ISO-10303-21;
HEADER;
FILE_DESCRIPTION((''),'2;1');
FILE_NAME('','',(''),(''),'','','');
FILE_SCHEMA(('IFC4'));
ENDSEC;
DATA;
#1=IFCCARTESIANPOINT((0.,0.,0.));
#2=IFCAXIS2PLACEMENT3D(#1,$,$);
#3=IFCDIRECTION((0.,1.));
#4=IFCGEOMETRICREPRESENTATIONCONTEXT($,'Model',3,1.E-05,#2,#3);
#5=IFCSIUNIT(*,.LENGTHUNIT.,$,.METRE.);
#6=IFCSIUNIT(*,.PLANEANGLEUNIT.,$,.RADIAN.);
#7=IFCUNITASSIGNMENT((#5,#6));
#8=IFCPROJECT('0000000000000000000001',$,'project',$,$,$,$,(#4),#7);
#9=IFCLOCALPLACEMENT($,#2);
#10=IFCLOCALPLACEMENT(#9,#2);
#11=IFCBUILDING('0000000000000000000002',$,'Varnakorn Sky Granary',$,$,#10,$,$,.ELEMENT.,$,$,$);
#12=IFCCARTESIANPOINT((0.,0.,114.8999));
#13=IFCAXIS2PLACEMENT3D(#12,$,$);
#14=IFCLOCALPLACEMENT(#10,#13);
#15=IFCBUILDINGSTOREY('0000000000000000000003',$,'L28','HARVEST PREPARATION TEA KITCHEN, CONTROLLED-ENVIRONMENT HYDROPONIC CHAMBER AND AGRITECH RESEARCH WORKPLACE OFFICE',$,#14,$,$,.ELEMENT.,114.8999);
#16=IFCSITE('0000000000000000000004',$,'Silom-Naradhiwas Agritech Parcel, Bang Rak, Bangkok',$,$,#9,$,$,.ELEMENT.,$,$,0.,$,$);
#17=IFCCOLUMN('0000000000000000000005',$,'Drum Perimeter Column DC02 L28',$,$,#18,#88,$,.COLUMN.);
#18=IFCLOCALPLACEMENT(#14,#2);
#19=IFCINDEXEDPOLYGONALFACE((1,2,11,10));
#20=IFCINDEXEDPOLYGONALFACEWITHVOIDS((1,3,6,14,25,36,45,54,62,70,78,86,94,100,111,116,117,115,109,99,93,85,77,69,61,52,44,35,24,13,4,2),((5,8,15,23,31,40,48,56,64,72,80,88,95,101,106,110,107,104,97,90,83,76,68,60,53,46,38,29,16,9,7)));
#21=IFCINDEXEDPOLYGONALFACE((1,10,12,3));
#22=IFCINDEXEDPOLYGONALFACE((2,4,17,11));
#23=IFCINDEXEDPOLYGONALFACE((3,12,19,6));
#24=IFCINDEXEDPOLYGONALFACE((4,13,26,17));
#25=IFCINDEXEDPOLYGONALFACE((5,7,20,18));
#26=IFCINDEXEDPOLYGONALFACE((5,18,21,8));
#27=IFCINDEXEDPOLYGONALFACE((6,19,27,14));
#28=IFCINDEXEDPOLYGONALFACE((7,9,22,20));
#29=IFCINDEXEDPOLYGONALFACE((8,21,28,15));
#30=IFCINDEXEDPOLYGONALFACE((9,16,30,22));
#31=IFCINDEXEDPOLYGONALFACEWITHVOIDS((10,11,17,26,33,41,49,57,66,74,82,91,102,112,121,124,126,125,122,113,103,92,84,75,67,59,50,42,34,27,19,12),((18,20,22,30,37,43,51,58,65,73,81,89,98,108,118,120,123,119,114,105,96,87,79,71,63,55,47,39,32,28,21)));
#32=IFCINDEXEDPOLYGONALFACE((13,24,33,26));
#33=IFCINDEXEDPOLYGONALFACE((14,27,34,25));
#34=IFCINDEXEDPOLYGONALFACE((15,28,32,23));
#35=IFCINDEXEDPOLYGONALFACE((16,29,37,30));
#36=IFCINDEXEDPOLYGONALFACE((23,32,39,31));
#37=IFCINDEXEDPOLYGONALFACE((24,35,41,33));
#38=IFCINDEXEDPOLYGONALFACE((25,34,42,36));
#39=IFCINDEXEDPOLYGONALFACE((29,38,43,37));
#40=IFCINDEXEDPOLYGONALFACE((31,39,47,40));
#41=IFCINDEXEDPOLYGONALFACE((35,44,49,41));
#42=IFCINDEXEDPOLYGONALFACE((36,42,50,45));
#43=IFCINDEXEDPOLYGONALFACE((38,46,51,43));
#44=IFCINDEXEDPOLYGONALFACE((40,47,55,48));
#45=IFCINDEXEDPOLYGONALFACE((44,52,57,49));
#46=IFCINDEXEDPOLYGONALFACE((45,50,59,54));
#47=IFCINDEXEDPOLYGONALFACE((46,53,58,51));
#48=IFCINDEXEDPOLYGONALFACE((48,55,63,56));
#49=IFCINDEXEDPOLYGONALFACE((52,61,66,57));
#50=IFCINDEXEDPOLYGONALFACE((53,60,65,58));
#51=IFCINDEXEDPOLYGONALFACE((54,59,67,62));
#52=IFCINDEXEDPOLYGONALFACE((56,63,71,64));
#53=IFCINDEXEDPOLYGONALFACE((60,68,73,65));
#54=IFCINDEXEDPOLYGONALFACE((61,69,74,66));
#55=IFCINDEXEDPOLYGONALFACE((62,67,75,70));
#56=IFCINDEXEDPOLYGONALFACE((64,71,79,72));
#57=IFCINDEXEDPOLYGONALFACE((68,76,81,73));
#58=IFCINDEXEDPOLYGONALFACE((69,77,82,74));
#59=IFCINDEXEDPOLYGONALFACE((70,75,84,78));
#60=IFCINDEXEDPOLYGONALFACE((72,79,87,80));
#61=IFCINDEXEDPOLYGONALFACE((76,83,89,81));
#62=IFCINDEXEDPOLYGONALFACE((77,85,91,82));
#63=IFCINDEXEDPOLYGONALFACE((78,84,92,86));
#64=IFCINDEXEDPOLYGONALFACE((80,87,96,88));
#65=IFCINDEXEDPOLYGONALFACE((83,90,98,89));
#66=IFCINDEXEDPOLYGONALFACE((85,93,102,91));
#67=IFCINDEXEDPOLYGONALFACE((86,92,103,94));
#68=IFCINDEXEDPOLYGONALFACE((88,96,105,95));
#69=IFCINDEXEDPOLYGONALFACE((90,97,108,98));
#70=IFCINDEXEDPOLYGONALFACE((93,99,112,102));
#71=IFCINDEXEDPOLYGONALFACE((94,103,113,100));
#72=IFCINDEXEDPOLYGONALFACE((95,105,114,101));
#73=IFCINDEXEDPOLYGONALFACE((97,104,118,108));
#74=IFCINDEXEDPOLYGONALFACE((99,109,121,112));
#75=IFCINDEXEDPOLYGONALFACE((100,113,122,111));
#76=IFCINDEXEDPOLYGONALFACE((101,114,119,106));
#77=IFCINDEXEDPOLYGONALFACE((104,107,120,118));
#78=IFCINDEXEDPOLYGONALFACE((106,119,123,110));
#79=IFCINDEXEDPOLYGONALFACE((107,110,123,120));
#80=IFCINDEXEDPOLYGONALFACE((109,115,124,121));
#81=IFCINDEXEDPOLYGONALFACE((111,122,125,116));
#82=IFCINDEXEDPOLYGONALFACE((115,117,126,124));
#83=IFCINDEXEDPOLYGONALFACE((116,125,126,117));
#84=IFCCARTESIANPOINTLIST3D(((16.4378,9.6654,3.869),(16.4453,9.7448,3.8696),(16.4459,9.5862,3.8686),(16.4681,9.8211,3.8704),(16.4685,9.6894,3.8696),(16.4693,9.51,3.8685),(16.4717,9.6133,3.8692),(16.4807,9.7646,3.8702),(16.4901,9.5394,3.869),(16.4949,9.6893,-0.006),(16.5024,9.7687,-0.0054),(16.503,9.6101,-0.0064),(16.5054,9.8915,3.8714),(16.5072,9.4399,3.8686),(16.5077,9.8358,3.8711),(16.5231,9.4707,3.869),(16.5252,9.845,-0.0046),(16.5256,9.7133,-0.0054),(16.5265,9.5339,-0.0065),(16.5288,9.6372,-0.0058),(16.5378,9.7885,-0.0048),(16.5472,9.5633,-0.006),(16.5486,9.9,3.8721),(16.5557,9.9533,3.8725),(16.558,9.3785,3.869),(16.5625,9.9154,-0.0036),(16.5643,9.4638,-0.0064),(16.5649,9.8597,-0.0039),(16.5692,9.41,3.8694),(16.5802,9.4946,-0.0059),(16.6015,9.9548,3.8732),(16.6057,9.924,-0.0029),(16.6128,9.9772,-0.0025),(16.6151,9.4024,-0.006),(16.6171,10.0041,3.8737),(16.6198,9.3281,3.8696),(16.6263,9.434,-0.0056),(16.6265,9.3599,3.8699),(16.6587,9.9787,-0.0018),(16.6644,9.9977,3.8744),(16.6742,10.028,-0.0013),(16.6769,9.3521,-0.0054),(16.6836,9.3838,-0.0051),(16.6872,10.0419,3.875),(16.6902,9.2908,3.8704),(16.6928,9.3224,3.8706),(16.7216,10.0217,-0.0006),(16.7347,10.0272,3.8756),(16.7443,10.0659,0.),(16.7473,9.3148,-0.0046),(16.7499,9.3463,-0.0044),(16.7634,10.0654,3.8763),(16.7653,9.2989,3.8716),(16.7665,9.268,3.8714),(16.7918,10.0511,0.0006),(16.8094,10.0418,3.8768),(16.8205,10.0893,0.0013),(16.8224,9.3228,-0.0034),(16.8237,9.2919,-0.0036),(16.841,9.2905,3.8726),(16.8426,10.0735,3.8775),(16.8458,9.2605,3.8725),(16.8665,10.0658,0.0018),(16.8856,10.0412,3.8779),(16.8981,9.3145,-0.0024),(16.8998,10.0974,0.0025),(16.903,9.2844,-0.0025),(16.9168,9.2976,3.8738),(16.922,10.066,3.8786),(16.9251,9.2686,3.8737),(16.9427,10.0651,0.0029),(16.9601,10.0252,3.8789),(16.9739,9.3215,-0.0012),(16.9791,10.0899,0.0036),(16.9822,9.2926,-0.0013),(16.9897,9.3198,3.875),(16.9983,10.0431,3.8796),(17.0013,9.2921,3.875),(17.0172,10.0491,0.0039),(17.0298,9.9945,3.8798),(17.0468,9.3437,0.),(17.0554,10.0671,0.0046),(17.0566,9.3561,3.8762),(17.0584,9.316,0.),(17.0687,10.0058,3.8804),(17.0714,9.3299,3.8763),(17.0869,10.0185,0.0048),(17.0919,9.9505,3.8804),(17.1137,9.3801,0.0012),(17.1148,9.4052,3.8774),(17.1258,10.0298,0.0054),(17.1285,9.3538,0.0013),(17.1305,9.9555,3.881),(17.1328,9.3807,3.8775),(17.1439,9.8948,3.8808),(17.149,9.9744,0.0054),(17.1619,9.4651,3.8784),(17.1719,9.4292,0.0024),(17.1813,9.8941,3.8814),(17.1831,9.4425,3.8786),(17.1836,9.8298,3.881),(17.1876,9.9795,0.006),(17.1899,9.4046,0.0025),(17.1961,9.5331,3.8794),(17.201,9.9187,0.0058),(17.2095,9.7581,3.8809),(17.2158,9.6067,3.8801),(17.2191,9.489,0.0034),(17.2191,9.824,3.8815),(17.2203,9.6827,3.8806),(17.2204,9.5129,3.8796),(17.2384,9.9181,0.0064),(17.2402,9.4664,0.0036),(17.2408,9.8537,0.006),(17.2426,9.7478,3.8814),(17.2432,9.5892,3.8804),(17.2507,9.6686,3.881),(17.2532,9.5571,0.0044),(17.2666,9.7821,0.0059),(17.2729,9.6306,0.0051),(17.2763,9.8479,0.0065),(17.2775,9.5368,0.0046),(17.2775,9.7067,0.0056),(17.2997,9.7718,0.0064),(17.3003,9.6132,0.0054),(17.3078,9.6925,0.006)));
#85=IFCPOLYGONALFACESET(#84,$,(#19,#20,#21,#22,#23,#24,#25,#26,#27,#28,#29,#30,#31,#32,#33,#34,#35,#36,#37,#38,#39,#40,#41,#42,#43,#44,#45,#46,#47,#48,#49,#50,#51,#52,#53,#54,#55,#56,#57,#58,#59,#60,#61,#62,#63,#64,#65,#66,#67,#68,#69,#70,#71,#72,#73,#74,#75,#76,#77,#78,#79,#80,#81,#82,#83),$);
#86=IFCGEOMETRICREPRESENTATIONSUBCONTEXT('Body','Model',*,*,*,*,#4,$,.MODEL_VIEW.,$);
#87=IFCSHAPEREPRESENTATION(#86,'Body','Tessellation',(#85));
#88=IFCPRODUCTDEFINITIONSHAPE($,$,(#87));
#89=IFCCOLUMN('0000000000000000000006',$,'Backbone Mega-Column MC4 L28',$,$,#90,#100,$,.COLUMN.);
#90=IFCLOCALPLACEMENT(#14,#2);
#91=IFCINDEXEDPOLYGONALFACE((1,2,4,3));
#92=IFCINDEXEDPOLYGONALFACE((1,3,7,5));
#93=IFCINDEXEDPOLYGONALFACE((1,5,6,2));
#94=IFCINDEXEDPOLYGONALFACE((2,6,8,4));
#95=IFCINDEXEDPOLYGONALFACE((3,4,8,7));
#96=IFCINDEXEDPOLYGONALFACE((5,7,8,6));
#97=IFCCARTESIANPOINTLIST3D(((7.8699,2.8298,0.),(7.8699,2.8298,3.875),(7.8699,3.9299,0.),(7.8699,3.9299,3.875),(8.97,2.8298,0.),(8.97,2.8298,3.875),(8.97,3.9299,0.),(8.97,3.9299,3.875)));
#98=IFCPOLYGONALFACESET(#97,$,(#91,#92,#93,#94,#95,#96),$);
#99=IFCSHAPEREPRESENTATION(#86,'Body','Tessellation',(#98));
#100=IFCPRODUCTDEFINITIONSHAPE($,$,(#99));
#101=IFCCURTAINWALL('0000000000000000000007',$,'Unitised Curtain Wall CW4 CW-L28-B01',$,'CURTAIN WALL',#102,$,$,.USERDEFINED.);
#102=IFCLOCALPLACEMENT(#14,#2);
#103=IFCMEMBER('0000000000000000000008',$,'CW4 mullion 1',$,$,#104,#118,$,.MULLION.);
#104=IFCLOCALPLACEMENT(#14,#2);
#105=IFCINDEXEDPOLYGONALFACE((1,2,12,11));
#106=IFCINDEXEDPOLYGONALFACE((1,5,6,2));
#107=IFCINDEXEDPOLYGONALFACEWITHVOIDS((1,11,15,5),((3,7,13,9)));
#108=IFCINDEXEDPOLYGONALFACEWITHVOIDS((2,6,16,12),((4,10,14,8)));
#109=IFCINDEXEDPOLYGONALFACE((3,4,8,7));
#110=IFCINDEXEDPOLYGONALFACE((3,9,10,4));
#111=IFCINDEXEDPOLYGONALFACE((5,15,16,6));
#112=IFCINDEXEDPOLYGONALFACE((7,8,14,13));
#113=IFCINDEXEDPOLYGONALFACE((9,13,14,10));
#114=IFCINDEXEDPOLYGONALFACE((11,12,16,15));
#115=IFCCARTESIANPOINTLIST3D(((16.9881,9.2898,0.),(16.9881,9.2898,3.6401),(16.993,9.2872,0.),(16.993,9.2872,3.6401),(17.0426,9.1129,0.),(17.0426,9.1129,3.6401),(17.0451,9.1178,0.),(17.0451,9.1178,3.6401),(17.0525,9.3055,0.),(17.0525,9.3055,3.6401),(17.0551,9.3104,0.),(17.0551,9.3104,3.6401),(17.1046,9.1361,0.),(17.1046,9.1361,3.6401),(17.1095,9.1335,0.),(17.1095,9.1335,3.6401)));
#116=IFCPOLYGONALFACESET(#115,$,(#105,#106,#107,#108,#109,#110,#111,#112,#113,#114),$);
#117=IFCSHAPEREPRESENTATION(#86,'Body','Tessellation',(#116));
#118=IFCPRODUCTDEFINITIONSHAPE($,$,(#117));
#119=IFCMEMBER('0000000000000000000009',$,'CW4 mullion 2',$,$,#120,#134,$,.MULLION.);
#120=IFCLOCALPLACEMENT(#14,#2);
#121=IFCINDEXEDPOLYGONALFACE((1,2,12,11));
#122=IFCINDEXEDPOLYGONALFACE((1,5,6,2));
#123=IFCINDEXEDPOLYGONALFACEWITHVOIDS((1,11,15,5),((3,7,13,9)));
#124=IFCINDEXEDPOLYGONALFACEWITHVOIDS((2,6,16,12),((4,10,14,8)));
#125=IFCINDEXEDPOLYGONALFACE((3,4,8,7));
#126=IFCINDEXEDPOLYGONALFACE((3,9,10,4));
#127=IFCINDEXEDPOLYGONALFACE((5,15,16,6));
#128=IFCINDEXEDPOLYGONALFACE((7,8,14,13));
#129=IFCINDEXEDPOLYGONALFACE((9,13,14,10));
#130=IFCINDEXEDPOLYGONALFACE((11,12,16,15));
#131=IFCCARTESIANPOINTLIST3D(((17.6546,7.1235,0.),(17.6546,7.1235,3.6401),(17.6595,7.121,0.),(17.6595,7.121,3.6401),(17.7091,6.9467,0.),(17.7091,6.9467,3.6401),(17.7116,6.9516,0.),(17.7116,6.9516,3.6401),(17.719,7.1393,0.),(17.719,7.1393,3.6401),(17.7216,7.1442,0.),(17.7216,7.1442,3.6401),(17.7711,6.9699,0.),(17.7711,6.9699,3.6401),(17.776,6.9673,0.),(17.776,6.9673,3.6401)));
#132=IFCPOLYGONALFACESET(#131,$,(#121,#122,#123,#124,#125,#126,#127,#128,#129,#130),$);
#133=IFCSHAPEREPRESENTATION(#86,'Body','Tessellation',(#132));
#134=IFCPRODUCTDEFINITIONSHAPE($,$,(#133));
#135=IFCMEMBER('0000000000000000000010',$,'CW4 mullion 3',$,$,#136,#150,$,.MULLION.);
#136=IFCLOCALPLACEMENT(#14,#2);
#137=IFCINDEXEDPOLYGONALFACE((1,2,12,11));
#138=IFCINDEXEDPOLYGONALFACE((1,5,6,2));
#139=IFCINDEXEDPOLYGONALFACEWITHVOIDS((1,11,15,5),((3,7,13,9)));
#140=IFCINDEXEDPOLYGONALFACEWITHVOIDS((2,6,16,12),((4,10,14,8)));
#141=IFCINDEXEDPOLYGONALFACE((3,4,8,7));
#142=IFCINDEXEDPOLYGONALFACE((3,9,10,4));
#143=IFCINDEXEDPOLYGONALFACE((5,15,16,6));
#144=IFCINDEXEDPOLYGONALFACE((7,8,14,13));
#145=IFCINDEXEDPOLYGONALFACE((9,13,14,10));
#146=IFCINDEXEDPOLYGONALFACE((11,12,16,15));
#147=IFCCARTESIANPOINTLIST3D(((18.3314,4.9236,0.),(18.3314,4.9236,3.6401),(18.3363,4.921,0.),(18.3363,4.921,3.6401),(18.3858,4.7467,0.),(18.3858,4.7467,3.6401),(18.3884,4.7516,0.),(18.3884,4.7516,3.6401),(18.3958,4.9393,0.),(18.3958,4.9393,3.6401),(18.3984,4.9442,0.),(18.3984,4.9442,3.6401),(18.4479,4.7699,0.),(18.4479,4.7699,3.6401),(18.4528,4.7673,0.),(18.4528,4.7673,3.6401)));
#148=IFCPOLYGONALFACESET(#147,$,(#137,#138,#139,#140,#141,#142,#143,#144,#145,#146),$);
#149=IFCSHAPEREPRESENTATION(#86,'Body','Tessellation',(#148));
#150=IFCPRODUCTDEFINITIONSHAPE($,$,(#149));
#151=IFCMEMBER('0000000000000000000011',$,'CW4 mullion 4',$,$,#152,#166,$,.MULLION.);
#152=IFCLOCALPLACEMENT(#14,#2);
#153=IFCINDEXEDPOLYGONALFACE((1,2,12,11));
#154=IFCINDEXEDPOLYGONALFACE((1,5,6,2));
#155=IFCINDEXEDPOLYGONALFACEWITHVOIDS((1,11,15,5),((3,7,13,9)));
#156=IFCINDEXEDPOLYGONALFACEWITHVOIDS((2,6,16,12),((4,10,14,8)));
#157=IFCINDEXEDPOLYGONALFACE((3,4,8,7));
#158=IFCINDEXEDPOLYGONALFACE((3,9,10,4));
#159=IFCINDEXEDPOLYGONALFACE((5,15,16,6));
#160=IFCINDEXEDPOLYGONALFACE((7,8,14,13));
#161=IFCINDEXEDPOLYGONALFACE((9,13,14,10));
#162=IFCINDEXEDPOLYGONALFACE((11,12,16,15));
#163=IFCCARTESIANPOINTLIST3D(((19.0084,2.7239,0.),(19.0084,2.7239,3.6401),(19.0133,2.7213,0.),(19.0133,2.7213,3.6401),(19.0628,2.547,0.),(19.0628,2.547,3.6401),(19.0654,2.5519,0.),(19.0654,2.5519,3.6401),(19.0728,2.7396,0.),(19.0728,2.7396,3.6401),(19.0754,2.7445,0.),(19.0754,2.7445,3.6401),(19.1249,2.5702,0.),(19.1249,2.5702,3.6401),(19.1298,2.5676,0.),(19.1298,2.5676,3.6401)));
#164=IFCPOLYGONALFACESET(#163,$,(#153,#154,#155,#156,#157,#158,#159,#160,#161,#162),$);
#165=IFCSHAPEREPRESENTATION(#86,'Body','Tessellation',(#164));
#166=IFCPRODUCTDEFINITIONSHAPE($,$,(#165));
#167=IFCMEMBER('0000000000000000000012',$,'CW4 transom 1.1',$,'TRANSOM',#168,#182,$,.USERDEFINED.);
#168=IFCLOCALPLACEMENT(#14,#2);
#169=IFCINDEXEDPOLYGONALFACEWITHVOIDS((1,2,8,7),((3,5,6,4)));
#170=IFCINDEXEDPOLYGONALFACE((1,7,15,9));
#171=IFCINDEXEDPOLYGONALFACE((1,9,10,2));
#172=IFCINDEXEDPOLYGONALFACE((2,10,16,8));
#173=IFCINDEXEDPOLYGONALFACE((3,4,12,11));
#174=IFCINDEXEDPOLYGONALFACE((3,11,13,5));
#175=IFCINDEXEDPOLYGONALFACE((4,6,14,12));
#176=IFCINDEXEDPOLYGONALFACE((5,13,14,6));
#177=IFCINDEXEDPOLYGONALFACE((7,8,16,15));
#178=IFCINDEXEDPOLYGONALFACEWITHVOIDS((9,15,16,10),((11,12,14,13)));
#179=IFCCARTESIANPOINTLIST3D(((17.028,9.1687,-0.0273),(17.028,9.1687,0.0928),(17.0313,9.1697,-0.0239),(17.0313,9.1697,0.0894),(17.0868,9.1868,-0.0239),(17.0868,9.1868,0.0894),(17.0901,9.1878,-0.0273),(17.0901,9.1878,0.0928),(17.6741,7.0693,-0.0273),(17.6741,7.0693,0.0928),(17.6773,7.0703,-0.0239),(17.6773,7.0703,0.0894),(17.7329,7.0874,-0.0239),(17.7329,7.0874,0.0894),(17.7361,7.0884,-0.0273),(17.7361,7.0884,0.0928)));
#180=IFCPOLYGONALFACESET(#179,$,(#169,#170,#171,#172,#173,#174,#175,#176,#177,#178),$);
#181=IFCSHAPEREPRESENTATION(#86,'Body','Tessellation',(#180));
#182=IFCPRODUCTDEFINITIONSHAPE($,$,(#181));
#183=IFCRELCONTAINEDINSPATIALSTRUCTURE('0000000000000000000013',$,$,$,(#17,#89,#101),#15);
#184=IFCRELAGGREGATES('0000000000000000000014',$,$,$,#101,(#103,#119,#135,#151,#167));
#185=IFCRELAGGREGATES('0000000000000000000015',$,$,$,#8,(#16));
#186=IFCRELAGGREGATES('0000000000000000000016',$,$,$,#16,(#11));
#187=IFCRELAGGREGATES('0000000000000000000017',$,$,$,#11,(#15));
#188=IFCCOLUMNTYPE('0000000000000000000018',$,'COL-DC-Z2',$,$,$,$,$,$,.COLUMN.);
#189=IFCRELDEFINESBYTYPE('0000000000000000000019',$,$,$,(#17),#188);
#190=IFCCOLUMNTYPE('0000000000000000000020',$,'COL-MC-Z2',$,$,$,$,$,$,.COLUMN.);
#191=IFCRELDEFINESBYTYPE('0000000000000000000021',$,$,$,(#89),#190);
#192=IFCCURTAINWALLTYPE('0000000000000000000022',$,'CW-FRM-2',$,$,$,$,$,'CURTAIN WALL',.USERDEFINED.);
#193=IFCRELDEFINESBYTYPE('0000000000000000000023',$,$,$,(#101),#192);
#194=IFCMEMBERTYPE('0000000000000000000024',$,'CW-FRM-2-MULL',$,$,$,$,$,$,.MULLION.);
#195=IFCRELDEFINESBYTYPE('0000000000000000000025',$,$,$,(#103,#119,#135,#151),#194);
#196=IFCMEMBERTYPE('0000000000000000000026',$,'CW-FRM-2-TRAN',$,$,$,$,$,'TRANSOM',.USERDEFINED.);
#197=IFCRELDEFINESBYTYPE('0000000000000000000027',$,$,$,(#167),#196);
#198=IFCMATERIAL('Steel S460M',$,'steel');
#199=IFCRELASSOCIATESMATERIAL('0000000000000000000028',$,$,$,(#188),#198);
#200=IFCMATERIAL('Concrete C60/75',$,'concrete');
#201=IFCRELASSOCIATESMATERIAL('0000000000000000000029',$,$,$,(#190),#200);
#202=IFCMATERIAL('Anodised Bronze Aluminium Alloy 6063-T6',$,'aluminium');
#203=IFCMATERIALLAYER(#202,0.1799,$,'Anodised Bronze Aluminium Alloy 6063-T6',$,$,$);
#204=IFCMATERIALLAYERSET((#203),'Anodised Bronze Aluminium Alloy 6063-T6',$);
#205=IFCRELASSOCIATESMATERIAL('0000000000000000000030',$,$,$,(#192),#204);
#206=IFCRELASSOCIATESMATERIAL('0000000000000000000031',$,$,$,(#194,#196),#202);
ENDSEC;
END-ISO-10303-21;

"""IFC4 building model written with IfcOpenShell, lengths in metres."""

from ifc_helpers import new_model, si_unit, direction, frame, origin, origin_2d, place, context, subcontext, project, spatial, rectangle, hollow_rectangle, hollow_circle, extrude, material, layer, layer_set, material_profile, profile_set, type_object, element, aggregate, save


model = new_model("IFC4")

# Units and contexts
model_context = context("Model", 3, precision=1e-05, world=origin(), true_north=direction((0.0, 1.0)))
body_context = subcontext(model_context, "Body", "Model", "MODEL_VIEW")
ifc_project = project(units=[si_unit("LENGTHUNIT", "METRE"), si_unit("PLANEANGLEUNIT", "RADIAN")], contexts=[model_context])

# Site, building, storey
site_placement = place(None, origin())
site = spatial("IfcSite", under=ifc_project, at=site_placement, Name="Silom-Naradhiwas Agritech Parcel, Bang Rak, Bangkok", CompositionType="ELEMENT", RefElevation=0.0)
building_placement = place(site_placement, origin())
building = spatial("IfcBuilding", under=site, at=building_placement, Name="Varnakorn Sky Granary", CompositionType="ELEMENT")
storey_placement = place(building_placement, frame((0.0, 0.0, 114.8999)))
storey = spatial("IfcBuildingStorey", under=building, at=storey_placement, Name="L28", Description="HARVEST PREPARATION TEA KITCHEN, CONTROLLED-ENVIRONMENT HYDROPONIC CHAMBER AND AGRITECH RESEARCH WORKPLACE OFFICE", CompositionType="ELEMENT", Elevation=114.8999)

# Columns
ifc_material_1 = material(Name="Steel S460M", Category="steel")
ifc_material_profile_1 = material_profile(ifc_material_1, hollow_circle(Radius=0.4065, WallThickness=0.03, at=origin_2d()), Name="CHS 813x30")
ifc_profile_set_1 = profile_set([ifc_material_profile_1], Name="Steel S460M")
column_type_1 = type_object("IfcColumnType", Name="COL-DC-Z2", PredefinedType="COLUMN", material=ifc_profile_set_1)
column_1_placement = place(storey_placement, frame((16.9014, 9.6909, 0.0), z_axis=(-0.014741, -0.006174, 0.999872), x_axis=(0.386294, -0.922376, 0.0)))
element("IfcColumn", 1, at=column_1_placement, inside=storey, type_object=column_type_1, Name="Drum Perimeter Column DC02 L28", PredefinedType="COLUMN", context=body_context, shape_type="SweptSolid", body=[
    extrude(hollow_circle(Radius=0.4065, WallThickness=0.03, at=origin_2d()), origin(), (0.0, 0.0, 1.0), 3.8755),
])
ifc_material_2 = material(Name="Concrete C60/75", Category="concrete")
ifc_material_profile_2 = material_profile(ifc_material_2, rectangle(XDim=1.1001, YDim=1.1001, at=origin_2d()), Name="RC 1100x1100")
ifc_profile_set_2 = profile_set([ifc_material_profile_2], Name="Concrete C60/75")
column_type_2 = type_object("IfcColumnType", Name="COL-MC-Z2", PredefinedType="COLUMN", material=ifc_profile_set_2)
column_2_placement = place(storey_placement, frame((8.4199, 3.3799, 0.0), z_axis=(0.0, 0.0, 1.0), x_axis=(1.0, 0.0, 0.0)))
element("IfcColumn", 2, at=column_2_placement, inside=storey, type_object=column_type_2, Name="Backbone Mega-Column MC4 L28", PredefinedType="COLUMN", context=body_context, shape_type="SweptSolid", body=[
    extrude(rectangle(XDim=1.1001, YDim=1.1001, at=origin_2d()), origin(), (0.0, 0.0, 1.0), 3.875),
])

# Curtain wall, members
ifc_material_3 = material(Name="Anodised Bronze Aluminium Alloy 6063-T6", Category="aluminium")
ifc_layer_1 = layer(ifc_material_3, 0.1799, Name="Anodised Bronze Aluminium Alloy 6063-T6")
ifc_layer_set_1 = layer_set([ifc_layer_1], Name="Anodised Bronze Aluminium Alloy 6063-T6")
curtain_wall_type = type_object("IfcCurtainWallType", Name="CW-FRM-2", ElementType="CURTAIN WALL", PredefinedType="USERDEFINED", material=ifc_layer_set_1)
curtain_wall_placement = place(storey_placement, origin())
curtain_wall = element("IfcCurtainWall", 3, at=curtain_wall_placement, inside=storey, type_object=curtain_wall_type, Name="Unitised Curtain Wall CW4 CW-L28-B01", ObjectType="CURTAIN WALL", PredefinedType="USERDEFINED")
ifc_material_profile_3 = material_profile(ifc_material_3, hollow_rectangle(XDim=0.0701, YDim=0.1851, WallThickness=0.0039, at=origin_2d()), Name="ALU MULL 70x185")
ifc_profile_set_3 = profile_set([ifc_material_profile_3], Name="Anodised Bronze Aluminium Alloy 6063-T6")
member_type_1 = type_object("IfcMemberType", Name="CW-FRM-2-MULL", PredefinedType="MULLION", material=ifc_profile_set_3)
member_1_placement = place(storey_placement, frame((17.0488, 9.2117, 0.0), z_axis=(0.0, 0.0, 1.0), x_axis=(0.955783, 0.294071, 0.0)))
member_1 = element("IfcMember", 4, at=member_1_placement, type_object=member_type_1, Name="CW4 mullion 1", PredefinedType="MULLION", context=body_context, shape_type="SweptSolid", body=[
    extrude(hollow_rectangle(XDim=0.0701, YDim=0.1851, WallThickness=0.0039, at=origin_2d()), origin(), (0.0, 0.0, 1.0), 3.6401),
])
member_2_placement = place(storey_placement, frame((17.7153, 7.0454, 0.0), z_axis=(0.0, 0.0, 1.0), x_axis=(0.955783, 0.294071, 0.0)))
member_2 = element("IfcMember", 5, at=member_2_placement, type_object=member_type_1, Name="CW4 mullion 2", PredefinedType="MULLION", context=body_context, shape_type="SweptSolid", body=[
    extrude(hollow_rectangle(XDim=0.0701, YDim=0.1851, WallThickness=0.0039, at=origin_2d()), origin(), (0.0, 0.0, 1.0), 3.6401),
])
member_3_placement = place(storey_placement, frame((18.3921, 4.8455, 0.0), z_axis=(0.0, 0.0, 1.0), x_axis=(0.955783, 0.294071, 0.0)))
member_3 = element("IfcMember", 6, at=member_3_placement, type_object=member_type_1, Name="CW4 mullion 3", PredefinedType="MULLION", context=body_context, shape_type="SweptSolid", body=[
    extrude(hollow_rectangle(XDim=0.0701, YDim=0.1851, WallThickness=0.0039, at=origin_2d()), origin(), (0.0, 0.0, 1.0), 3.6401),
])
member_4_placement = place(storey_placement, frame((19.0691, 2.6458, 0.0), z_axis=(0.0, 0.0, 1.0), x_axis=(0.955783, 0.294071, 0.0)))
member_4 = element("IfcMember", 7, at=member_4_placement, type_object=member_type_1, Name="CW4 mullion 4", PredefinedType="MULLION", context=body_context, shape_type="SweptSolid", body=[
    extrude(hollow_rectangle(XDim=0.0701, YDim=0.1851, WallThickness=0.0039, at=origin_2d()), origin(), (0.0, 0.0, 1.0), 3.6401),
])
ifc_material_profile_4 = material_profile(ifc_material_3, hollow_rectangle(XDim=0.0649, YDim=0.1201, WallThickness=0.0034, at=origin_2d()), Name="ALU TRAN 65x120")
ifc_profile_set_4 = profile_set([ifc_material_profile_4], Name="Anodised Bronze Aluminium Alloy 6063-T6")
member_type_2 = type_object("IfcMemberType", Name="CW-FRM-2-TRAN", ElementType="TRANSOM", PredefinedType="USERDEFINED", material=ifc_profile_set_4)
member_5_placement = place(storey_placement, frame((17.0591, 9.1782, 0.0327), z_axis=(0.294101, -0.955774, 0.0), x_axis=(0.955774, 0.294101, 0.0)))
member_5 = element("IfcMember", 8, at=member_5_placement, type_object=member_type_2, Name="CW4 transom 1.1", ObjectType="TRANSOM", PredefinedType="USERDEFINED", context=body_context, shape_type="SweptSolid", body=[
    extrude(hollow_rectangle(XDim=0.0649, YDim=0.1201, WallThickness=0.0034, at=origin_2d()), origin(), (0.0, 0.0, 1.0), 2.1965),
])

aggregate(curtain_wall, [member_1, member_2, member_3, member_4, member_5])

save(model, "model.ifc")
